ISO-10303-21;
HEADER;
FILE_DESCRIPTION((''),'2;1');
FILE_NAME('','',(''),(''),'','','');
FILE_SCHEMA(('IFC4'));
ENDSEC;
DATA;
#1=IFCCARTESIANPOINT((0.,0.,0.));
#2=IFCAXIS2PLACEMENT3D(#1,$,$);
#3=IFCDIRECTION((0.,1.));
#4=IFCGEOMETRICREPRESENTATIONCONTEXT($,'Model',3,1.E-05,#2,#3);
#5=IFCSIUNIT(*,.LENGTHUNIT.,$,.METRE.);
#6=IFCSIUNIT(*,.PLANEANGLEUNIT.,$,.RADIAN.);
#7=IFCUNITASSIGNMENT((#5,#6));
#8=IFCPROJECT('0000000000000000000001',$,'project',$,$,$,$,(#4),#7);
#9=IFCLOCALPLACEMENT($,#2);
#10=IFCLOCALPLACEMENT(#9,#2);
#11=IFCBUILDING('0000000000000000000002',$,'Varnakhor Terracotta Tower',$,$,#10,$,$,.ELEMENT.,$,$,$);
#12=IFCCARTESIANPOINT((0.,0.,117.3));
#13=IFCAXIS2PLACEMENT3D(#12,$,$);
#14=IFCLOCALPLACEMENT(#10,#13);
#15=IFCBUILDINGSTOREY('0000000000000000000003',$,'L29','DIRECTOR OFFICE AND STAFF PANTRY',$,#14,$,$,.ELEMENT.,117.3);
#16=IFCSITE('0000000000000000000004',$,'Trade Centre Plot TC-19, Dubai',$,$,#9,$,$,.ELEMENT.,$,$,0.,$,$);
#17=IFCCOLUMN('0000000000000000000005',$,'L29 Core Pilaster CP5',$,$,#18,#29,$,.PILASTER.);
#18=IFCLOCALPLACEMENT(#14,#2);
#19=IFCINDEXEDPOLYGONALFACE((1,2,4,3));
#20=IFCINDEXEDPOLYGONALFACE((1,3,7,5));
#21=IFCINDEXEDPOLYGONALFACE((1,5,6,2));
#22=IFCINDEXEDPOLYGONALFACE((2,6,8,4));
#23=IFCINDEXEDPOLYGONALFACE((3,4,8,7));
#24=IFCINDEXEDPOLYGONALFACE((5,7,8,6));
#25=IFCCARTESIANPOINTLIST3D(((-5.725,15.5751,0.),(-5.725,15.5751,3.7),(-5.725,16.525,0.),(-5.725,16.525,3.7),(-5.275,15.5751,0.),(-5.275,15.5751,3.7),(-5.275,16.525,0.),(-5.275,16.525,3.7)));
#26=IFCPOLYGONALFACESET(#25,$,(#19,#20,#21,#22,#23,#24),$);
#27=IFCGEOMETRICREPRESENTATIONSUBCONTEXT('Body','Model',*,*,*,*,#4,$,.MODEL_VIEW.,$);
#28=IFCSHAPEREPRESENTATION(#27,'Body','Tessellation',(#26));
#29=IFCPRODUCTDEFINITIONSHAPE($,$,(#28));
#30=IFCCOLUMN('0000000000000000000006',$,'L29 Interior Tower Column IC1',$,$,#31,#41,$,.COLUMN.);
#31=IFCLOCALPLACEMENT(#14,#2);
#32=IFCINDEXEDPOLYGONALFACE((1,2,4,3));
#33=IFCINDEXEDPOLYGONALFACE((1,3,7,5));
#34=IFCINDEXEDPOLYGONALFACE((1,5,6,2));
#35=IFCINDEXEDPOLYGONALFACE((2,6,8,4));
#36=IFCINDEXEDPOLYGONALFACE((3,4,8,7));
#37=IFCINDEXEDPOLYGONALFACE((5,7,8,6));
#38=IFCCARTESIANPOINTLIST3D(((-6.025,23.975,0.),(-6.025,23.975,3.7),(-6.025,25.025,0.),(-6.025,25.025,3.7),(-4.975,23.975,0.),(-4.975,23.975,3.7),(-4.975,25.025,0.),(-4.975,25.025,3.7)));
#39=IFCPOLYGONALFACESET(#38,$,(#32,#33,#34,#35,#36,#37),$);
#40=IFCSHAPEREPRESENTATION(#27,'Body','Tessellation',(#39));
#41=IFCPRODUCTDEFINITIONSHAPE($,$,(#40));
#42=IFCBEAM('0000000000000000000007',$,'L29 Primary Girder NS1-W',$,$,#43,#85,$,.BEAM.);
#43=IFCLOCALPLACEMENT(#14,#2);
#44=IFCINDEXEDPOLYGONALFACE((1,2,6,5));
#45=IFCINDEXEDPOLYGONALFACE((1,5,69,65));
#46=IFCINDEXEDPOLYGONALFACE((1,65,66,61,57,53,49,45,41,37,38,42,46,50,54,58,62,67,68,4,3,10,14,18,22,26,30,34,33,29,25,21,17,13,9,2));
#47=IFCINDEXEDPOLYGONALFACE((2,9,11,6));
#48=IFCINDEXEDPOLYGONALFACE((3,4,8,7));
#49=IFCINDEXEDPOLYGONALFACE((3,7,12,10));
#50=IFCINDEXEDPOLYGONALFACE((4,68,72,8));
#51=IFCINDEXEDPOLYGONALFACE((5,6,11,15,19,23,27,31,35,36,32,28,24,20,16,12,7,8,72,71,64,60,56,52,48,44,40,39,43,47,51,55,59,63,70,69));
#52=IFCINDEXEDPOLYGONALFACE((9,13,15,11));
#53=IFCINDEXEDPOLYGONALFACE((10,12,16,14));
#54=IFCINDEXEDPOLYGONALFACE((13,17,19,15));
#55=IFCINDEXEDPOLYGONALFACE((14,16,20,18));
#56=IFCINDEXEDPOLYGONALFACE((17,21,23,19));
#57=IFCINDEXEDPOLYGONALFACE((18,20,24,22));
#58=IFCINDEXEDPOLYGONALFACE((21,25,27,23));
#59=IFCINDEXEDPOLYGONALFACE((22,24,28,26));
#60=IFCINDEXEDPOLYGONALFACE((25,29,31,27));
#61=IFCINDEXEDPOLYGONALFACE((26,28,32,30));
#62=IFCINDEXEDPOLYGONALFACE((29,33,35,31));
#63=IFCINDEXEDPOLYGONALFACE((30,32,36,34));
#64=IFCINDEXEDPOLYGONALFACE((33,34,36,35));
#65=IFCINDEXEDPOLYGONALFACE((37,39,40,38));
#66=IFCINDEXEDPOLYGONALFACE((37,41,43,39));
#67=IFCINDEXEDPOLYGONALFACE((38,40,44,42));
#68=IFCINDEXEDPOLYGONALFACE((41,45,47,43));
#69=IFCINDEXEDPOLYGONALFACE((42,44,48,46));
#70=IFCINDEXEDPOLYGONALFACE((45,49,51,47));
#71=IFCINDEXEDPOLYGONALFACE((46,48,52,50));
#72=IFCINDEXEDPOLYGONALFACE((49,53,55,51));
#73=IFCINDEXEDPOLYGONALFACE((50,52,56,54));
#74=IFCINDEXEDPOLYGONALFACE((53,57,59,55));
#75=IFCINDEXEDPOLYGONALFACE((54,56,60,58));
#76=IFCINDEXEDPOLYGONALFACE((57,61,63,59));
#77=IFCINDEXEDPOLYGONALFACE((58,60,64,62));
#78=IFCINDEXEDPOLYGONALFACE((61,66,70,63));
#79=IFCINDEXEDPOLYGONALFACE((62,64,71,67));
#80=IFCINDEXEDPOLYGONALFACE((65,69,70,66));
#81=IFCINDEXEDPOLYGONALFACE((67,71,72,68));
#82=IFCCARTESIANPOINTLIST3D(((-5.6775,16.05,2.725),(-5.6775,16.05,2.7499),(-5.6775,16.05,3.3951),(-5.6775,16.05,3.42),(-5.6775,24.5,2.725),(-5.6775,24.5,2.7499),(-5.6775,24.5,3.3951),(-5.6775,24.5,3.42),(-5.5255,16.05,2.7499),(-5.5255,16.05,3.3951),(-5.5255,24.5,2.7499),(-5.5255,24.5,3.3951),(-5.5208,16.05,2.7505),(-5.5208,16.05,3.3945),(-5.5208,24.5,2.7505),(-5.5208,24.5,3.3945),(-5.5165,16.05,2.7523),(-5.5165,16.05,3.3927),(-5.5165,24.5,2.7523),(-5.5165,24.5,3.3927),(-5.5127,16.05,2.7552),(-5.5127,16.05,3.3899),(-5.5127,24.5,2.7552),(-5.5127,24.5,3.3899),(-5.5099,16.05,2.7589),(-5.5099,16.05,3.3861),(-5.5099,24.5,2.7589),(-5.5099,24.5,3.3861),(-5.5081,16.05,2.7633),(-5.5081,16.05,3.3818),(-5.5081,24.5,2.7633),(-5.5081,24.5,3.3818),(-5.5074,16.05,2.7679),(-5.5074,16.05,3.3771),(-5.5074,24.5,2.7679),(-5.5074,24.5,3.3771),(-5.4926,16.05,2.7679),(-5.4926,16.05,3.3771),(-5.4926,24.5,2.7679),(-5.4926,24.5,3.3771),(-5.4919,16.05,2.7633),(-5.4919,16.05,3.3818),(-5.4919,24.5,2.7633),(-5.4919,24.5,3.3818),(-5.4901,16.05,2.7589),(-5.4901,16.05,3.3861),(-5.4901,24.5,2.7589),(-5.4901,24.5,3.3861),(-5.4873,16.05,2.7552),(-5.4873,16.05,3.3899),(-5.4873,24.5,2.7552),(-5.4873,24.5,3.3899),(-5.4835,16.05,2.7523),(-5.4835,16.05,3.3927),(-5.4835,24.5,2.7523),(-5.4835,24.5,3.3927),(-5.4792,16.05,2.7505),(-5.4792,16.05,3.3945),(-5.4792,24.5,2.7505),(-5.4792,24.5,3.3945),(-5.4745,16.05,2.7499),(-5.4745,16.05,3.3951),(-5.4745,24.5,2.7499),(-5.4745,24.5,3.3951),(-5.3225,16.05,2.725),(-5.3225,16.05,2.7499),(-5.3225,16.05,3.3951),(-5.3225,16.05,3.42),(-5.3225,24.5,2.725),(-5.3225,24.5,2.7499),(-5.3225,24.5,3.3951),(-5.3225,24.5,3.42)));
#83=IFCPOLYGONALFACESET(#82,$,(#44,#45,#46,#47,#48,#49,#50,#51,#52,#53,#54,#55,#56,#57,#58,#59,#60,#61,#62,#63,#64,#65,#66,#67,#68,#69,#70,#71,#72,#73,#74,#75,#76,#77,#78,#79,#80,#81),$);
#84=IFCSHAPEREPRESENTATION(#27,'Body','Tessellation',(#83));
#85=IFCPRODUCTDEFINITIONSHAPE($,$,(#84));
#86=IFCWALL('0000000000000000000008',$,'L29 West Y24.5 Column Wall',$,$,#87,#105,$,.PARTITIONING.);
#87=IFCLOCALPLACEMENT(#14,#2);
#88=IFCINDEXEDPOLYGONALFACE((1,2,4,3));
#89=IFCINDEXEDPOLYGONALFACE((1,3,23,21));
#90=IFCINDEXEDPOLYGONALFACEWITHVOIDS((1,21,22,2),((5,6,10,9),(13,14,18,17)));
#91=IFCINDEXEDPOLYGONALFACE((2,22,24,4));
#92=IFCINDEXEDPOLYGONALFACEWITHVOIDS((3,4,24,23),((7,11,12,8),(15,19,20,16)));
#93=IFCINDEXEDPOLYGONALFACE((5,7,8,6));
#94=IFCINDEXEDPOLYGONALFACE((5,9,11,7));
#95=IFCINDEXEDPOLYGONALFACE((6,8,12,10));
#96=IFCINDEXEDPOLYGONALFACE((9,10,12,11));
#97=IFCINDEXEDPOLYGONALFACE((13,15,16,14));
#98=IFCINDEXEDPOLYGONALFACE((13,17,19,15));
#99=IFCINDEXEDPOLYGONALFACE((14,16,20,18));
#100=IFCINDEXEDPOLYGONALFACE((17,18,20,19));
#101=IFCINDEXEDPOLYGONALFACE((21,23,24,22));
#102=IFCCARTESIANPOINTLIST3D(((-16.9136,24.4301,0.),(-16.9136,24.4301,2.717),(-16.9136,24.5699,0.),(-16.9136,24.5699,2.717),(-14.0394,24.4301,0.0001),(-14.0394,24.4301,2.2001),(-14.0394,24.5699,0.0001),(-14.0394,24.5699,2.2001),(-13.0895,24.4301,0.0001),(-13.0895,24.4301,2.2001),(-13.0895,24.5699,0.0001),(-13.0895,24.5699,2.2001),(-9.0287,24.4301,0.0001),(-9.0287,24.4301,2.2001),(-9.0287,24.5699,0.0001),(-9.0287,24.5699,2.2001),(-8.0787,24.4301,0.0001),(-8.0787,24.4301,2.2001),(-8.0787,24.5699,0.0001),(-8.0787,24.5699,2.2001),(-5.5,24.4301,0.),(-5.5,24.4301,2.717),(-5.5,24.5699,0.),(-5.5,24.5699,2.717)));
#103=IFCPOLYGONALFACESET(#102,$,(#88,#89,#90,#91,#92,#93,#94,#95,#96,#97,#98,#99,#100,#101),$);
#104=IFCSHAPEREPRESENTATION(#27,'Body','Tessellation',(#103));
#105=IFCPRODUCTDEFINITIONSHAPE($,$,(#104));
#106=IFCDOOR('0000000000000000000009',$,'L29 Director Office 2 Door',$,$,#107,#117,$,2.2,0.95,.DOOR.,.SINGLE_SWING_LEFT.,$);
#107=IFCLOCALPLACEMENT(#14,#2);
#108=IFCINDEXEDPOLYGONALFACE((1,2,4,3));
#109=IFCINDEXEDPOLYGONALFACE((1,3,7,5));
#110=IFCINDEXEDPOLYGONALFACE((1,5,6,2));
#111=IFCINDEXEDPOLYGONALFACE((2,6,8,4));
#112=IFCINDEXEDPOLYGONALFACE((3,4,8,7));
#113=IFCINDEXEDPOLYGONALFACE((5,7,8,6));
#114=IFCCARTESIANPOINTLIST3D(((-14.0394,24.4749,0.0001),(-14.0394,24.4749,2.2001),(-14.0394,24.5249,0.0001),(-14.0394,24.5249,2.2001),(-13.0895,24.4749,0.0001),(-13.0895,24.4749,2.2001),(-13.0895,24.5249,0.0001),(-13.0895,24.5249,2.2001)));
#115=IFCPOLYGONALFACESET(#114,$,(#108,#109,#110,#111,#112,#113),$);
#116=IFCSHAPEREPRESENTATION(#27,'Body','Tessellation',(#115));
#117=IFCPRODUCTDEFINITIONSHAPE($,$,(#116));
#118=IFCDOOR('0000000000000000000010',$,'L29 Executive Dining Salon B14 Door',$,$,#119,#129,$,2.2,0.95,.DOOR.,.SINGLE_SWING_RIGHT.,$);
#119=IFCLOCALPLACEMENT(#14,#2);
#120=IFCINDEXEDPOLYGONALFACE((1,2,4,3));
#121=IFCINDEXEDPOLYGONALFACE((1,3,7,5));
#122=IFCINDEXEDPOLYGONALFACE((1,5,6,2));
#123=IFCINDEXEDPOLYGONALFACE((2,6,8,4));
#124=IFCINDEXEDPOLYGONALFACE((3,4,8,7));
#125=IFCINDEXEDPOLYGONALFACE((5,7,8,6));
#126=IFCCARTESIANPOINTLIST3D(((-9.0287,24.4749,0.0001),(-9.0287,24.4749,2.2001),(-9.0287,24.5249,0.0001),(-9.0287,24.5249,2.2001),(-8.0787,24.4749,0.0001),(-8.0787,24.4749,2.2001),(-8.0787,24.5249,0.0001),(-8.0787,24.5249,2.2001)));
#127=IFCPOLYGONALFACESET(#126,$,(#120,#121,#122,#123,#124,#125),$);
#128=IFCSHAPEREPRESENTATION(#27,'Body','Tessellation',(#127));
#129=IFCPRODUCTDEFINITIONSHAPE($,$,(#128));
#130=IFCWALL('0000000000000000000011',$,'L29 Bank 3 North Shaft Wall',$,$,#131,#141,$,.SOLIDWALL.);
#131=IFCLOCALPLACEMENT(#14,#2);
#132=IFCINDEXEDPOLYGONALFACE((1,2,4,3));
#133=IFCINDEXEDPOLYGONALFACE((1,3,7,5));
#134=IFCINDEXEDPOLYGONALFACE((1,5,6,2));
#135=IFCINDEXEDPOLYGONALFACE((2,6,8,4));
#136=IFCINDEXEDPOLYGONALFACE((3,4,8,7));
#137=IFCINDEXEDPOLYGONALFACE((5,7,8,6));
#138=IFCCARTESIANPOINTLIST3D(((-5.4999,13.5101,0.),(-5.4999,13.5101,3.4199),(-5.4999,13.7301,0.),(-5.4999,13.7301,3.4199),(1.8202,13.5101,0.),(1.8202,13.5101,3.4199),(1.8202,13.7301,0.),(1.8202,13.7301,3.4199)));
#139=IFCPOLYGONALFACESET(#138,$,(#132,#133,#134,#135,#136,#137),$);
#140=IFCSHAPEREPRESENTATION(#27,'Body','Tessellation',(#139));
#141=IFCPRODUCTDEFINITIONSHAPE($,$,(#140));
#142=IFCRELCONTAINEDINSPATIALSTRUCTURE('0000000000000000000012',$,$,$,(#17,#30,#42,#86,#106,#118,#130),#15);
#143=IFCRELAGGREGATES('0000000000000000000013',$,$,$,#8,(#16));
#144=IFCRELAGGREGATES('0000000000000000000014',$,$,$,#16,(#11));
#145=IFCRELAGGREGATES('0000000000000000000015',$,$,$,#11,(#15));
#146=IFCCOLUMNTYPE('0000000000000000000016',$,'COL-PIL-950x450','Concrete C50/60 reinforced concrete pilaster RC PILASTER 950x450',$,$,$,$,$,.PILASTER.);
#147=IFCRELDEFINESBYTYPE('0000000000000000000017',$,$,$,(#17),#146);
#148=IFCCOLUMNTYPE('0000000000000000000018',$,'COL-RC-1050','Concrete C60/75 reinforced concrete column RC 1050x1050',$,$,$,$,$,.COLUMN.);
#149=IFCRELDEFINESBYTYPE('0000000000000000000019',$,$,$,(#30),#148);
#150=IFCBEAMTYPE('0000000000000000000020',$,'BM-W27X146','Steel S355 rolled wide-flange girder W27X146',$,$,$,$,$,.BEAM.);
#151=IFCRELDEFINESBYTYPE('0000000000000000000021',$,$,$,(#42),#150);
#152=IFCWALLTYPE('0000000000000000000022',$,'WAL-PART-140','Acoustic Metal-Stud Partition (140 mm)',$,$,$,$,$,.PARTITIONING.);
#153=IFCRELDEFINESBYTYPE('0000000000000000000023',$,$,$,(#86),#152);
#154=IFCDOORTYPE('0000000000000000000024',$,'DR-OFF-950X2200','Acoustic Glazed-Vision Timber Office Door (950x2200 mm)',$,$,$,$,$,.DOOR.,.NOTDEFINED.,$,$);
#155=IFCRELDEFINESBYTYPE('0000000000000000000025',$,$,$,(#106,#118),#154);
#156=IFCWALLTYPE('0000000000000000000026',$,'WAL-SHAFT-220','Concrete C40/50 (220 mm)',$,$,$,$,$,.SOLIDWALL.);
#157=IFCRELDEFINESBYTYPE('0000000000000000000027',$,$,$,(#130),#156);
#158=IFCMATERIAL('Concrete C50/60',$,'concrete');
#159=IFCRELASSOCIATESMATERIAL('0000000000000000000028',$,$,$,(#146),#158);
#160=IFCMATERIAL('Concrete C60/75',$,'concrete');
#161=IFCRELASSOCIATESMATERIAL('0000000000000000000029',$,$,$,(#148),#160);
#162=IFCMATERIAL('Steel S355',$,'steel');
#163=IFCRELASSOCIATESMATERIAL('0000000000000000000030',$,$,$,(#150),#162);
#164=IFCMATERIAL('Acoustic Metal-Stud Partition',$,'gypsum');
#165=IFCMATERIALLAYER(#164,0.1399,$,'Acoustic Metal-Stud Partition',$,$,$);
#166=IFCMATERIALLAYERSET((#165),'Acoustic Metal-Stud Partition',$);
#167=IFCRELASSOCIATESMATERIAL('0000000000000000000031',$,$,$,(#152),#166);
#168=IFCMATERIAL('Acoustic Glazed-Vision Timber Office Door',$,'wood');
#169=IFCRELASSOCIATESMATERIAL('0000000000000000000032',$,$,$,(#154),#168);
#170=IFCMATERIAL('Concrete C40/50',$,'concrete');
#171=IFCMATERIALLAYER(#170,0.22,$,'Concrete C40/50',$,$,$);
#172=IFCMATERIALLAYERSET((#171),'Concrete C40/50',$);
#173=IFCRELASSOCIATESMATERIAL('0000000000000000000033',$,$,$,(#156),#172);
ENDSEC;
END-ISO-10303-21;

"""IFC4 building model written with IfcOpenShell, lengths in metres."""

from ifc_helpers import new_model, si_unit, direction, frame, frame_2d, origin, origin_2d, place, context, subcontext, project, spatial, rectangle, i_section, extrude, source, transform, mapped, material, layer, layer_set, material_profile, profile_set, type_object, type_shapes, element, fill, save


model = new_model("IFC4")

# Units and contexts
model_context = context("Model", 3, precision=1e-05, world=origin(), true_north=direction((0.0, 1.0)))
body_context = subcontext(model_context, "Body", "Model", "MODEL_VIEW")
ifc_project = project(units=[si_unit("LENGTHUNIT", "METRE"), si_unit("PLANEANGLEUNIT", "RADIAN")], contexts=[model_context])

# Site, building, storey
site_placement = place(None, origin())
site = spatial("IfcSite", under=ifc_project, at=site_placement, Name="Trade Centre Plot TC-19, Dubai", CompositionType="ELEMENT", RefElevation=0.0)
building_placement = place(site_placement, origin())
building = spatial("IfcBuilding", under=site, at=building_placement, Name="Varnakhor Terracotta Tower", CompositionType="ELEMENT")
storey_placement = place(building_placement, frame((0.0, 0.0, 117.3)))
storey = spatial("IfcBuildingStorey", under=building, at=storey_placement, Name="L29", Description="DIRECTOR OFFICE AND STAFF PANTRY", CompositionType="ELEMENT", Elevation=117.3)

# Columns
ifc_material_1 = material(Name="Concrete C50/60", Category="concrete")
ifc_material_profile_1 = material_profile(ifc_material_1, rectangle(XDim=0.45, YDim=0.95, at=origin_2d()), Name="RC PILASTER 950x450")
ifc_profile_set_1 = profile_set([ifc_material_profile_1], Name="Concrete C50/60")
column_type_1 = type_object("IfcColumnType", Name="COL-PIL-950x450", Description="Concrete C50/60 reinforced concrete pilaster RC PILASTER 950x450", PredefinedType="PILASTER", material=ifc_profile_set_1)
shared_shape_1 = source(origin(), body_context, "Body", "SweptSolid", [
    extrude(rectangle(XDim=0.45, YDim=0.95, at=origin_2d()), origin(), (0.0, 0.0, 1.0), 3.7),
])
column_1_placement = place(storey_placement, frame((-5.5, 16.05, 0.0), z_axis=(0.0, 0.0, 1.0), x_axis=(1.0, 0.0, 0.0)))
element("IfcColumn", 1, at=column_1_placement, inside=storey, type_object=column_type_1, Name="L29 Core Pilaster CP5", PredefinedType="PILASTER", context=body_context, shape_type="MappedRepresentation", body=[
    mapped(shared_shape_1, transform((0.0, 0.0, 0.0), scale=1.0)),
])
ifc_material_2 = material(Name="Concrete C60/75", Category="concrete")
ifc_material_profile_2 = material_profile(ifc_material_2, rectangle(XDim=1.05, YDim=1.05, at=origin_2d()), Name="RC 1050x1050")
ifc_profile_set_2 = profile_set([ifc_material_profile_2], Name="Concrete C60/75")
column_type_2 = type_object("IfcColumnType", Name="COL-RC-1050", Description="Concrete C60/75 reinforced concrete column RC 1050x1050", PredefinedType="COLUMN", material=ifc_profile_set_2)
shared_shape_2 = source(origin(), body_context, "Body", "SweptSolid", [
    extrude(rectangle(XDim=1.05, YDim=1.05, at=origin_2d()), origin(), (0.0, 0.0, 1.0), 3.7),
])
column_2_placement = place(storey_placement, frame((-5.5, 24.5, 0.0), z_axis=(0.0, 0.0, 1.0), x_axis=(1.0, 0.0, 0.0)))
element("IfcColumn", 2, at=column_2_placement, inside=storey, type_object=column_type_2, Name="L29 Interior Tower Column IC1", PredefinedType="COLUMN", context=body_context, shape_type="MappedRepresentation", body=[
    mapped(shared_shape_2, transform((0.0, 0.0, 0.0), scale=1.0)),
])

# Beam
ifc_material_3 = material(Name="Steel S355", Category="steel")
ifc_material_profile_3 = material_profile(ifc_material_3, i_section(OverallWidth=0.355, OverallDepth=0.6951, WebThickness=0.0149, FlangeThickness=0.0249, FilletRadius=0.0181, at=origin_2d()), Name="W27X146")
ifc_profile_set_3 = profile_set([ifc_material_profile_3], Name="Steel S355")
beam_type = type_object("IfcBeamType", Name="BM-W27X146", Description="Steel S355 rolled wide-flange girder W27X146", PredefinedType="BEAM", material=ifc_profile_set_3)
shared_shape_3 = source(origin(), body_context, "Body", "SweptSolid", [
    extrude(i_section(OverallWidth=0.355, OverallDepth=0.6951, WebThickness=0.0149, FlangeThickness=0.0249, FilletRadius=0.0181, at=origin_2d()), origin(), (0.0, 0.0, 1.0), 8.45),
])
type_shapes(beam_type, [shared_shape_3])
beam_placement = place(storey_placement, frame((-5.5, 16.05, 3.0725), z_axis=(0.0, 1.0, 0.0), x_axis=(-1.0, 0.0, 0.0)))
element("IfcBeam", 3, at=beam_placement, inside=storey, type_object=beam_type, Name="L29 Primary Girder NS1-W", PredefinedType="BEAM", context=body_context, shape_type="MappedRepresentation", body=[
    mapped(shared_shape_3, transform((0.0, 0.0, 0.0), scale=1.0)),
])

# Wall, openings, doors
ifc_material_4 = material(Name="Acoustic Metal-Stud Partition", Category="gypsum")
ifc_layer_1 = layer(ifc_material_4, 0.1399, Name="Acoustic Metal-Stud Partition")
ifc_layer_set_1 = layer_set([ifc_layer_1], Name="Acoustic Metal-Stud Partition")
wall_type_1 = type_object("IfcWallType", Name="WAL-PART-140", Description="Acoustic Metal-Stud Partition (140 mm)", PredefinedType="PARTITIONING", material=ifc_layer_set_1)
wall_1_placement = place(storey_placement, frame((-16.9136, 24.5, 0.0), z_axis=(0.0, 0.0, 1.0), x_axis=(1.0, 0.0, 0.0)))
wall_1 = element("IfcWall", 4, at=wall_1_placement, inside=storey, type_object=wall_type_1, Name="L29 West Y24.5 Column Wall", PredefinedType="PARTITIONING", context=body_context, shape_type="SweptSolid", body=[
    extrude(rectangle(XDim=11.4136, YDim=0.1399, at=frame_2d((5.7068, 0.0))), origin(), (0.0, 0.0, 1.0), 2.717),
])
opening_1_placement = place(wall_1_placement, frame((2.874, 0.0, 0.0)))
opening_1 = element("IfcOpeningElement", 5, at=opening_1_placement, cuts=wall_1, PredefinedType="OPENING", context=body_context, shape_type="SweptSolid", body=[
    extrude(rectangle(XDim=0.95, YDim=2.2, at=frame_2d((0.4751, 1.1001))), frame((0.0, 0.0801, 0.0), z_axis=(0.0, -1.0, 0.0), x_axis=(1.0, 0.0, 0.0)), (0.0, 0.0, 1.0), 0.1599),
])
opening_2_placement = place(wall_1_placement, frame((7.8848, 0.0, 0.0)))
opening_2 = element("IfcOpeningElement", 6, at=opening_2_placement, cuts=wall_1, PredefinedType="OPENING", context=body_context, shape_type="SweptSolid", body=[
    extrude(rectangle(XDim=0.95, YDim=2.2, at=frame_2d((0.4751, 1.1001))), frame((0.0, 0.0801, 0.0), z_axis=(0.0, -1.0, 0.0), x_axis=(1.0, 0.0, 0.0)), (0.0, 0.0, 1.0), 0.1599),
])
ifc_material_5 = material(Name="Acoustic Glazed-Vision Timber Office Door", Category="wood")
door_type_1 = type_object("IfcDoorType", Name="DR-OFF-950X2200", Description="Acoustic Glazed-Vision Timber Office Door (950x2200 mm)", OperationType="NOTDEFINED", PredefinedType="DOOR", material=ifc_material_5)
shared_shape_4 = source(origin(), body_context, "Body", "SweptSolid", [
    extrude(rectangle(XDim=0.95, YDim=2.2, at=frame_2d((0.4751, 1.1001))), frame((0.0, 0.0249, 0.0), z_axis=(0.0, -1.0, 0.0), x_axis=(1.0, 0.0, 0.0)), (0.0, 0.0, 1.0), 0.05),
])
type_shapes(door_type_1, [shared_shape_4])
door_1_placement = place(opening_1_placement, origin())
door_1 = element("IfcDoor", 7, at=door_1_placement, inside=storey, type_object=door_type_1, Name="L29 Director Office 2 Door", OperationType="SINGLE_SWING_LEFT", OverallHeight=2.2, OverallWidth=0.95, PredefinedType="DOOR", context=body_context, shape_type="MappedRepresentation", body=[
    mapped(shared_shape_4, transform((0.0, 0.0, 0.0), scale=1.0)),
])
fill(opening_1, door_1)
door_2_placement = place(opening_2_placement, origin())
door_2 = element("IfcDoor", 8, at=door_2_placement, inside=storey, type_object=door_type_1, Name="L29 Executive Dining Salon B14 Door", OperationType="SINGLE_SWING_RIGHT", OverallHeight=2.2, OverallWidth=0.95, PredefinedType="DOOR", context=body_context, shape_type="MappedRepresentation", body=[
    mapped(shared_shape_4, transform((0.0, 0.0, 0.0), scale=1.0)),
])
fill(opening_2, door_2)

# Wall
ifc_material_6 = material(Name="Concrete C40/50", Category="concrete")
ifc_layer_2 = layer(ifc_material_6, 0.22, Name="Concrete C40/50")
ifc_layer_set_2 = layer_set([ifc_layer_2], Name="Concrete C40/50")
wall_type_2 = type_object("IfcWallType", Name="WAL-SHAFT-220", Description="Concrete C40/50 (220 mm)", PredefinedType="SOLIDWALL", material=ifc_layer_set_2)
wall_2_placement = place(storey_placement, frame((-5.5, 13.6201, 0.0), z_axis=(0.0, 0.0, 1.0), x_axis=(1.0, 0.0, 0.0)))
element("IfcWall", 9, at=wall_2_placement, inside=storey, type_object=wall_type_2, Name="L29 Bank 3 North Shaft Wall", PredefinedType="SOLIDWALL", context=body_context, shape_type="SweptSolid", body=[
    extrude(rectangle(XDim=7.3201, YDim=0.22, at=frame_2d((3.6602, 0.0))), origin(), (0.0, 0.0, 1.0), 3.4199),
])

save(model, "model.ifc")
